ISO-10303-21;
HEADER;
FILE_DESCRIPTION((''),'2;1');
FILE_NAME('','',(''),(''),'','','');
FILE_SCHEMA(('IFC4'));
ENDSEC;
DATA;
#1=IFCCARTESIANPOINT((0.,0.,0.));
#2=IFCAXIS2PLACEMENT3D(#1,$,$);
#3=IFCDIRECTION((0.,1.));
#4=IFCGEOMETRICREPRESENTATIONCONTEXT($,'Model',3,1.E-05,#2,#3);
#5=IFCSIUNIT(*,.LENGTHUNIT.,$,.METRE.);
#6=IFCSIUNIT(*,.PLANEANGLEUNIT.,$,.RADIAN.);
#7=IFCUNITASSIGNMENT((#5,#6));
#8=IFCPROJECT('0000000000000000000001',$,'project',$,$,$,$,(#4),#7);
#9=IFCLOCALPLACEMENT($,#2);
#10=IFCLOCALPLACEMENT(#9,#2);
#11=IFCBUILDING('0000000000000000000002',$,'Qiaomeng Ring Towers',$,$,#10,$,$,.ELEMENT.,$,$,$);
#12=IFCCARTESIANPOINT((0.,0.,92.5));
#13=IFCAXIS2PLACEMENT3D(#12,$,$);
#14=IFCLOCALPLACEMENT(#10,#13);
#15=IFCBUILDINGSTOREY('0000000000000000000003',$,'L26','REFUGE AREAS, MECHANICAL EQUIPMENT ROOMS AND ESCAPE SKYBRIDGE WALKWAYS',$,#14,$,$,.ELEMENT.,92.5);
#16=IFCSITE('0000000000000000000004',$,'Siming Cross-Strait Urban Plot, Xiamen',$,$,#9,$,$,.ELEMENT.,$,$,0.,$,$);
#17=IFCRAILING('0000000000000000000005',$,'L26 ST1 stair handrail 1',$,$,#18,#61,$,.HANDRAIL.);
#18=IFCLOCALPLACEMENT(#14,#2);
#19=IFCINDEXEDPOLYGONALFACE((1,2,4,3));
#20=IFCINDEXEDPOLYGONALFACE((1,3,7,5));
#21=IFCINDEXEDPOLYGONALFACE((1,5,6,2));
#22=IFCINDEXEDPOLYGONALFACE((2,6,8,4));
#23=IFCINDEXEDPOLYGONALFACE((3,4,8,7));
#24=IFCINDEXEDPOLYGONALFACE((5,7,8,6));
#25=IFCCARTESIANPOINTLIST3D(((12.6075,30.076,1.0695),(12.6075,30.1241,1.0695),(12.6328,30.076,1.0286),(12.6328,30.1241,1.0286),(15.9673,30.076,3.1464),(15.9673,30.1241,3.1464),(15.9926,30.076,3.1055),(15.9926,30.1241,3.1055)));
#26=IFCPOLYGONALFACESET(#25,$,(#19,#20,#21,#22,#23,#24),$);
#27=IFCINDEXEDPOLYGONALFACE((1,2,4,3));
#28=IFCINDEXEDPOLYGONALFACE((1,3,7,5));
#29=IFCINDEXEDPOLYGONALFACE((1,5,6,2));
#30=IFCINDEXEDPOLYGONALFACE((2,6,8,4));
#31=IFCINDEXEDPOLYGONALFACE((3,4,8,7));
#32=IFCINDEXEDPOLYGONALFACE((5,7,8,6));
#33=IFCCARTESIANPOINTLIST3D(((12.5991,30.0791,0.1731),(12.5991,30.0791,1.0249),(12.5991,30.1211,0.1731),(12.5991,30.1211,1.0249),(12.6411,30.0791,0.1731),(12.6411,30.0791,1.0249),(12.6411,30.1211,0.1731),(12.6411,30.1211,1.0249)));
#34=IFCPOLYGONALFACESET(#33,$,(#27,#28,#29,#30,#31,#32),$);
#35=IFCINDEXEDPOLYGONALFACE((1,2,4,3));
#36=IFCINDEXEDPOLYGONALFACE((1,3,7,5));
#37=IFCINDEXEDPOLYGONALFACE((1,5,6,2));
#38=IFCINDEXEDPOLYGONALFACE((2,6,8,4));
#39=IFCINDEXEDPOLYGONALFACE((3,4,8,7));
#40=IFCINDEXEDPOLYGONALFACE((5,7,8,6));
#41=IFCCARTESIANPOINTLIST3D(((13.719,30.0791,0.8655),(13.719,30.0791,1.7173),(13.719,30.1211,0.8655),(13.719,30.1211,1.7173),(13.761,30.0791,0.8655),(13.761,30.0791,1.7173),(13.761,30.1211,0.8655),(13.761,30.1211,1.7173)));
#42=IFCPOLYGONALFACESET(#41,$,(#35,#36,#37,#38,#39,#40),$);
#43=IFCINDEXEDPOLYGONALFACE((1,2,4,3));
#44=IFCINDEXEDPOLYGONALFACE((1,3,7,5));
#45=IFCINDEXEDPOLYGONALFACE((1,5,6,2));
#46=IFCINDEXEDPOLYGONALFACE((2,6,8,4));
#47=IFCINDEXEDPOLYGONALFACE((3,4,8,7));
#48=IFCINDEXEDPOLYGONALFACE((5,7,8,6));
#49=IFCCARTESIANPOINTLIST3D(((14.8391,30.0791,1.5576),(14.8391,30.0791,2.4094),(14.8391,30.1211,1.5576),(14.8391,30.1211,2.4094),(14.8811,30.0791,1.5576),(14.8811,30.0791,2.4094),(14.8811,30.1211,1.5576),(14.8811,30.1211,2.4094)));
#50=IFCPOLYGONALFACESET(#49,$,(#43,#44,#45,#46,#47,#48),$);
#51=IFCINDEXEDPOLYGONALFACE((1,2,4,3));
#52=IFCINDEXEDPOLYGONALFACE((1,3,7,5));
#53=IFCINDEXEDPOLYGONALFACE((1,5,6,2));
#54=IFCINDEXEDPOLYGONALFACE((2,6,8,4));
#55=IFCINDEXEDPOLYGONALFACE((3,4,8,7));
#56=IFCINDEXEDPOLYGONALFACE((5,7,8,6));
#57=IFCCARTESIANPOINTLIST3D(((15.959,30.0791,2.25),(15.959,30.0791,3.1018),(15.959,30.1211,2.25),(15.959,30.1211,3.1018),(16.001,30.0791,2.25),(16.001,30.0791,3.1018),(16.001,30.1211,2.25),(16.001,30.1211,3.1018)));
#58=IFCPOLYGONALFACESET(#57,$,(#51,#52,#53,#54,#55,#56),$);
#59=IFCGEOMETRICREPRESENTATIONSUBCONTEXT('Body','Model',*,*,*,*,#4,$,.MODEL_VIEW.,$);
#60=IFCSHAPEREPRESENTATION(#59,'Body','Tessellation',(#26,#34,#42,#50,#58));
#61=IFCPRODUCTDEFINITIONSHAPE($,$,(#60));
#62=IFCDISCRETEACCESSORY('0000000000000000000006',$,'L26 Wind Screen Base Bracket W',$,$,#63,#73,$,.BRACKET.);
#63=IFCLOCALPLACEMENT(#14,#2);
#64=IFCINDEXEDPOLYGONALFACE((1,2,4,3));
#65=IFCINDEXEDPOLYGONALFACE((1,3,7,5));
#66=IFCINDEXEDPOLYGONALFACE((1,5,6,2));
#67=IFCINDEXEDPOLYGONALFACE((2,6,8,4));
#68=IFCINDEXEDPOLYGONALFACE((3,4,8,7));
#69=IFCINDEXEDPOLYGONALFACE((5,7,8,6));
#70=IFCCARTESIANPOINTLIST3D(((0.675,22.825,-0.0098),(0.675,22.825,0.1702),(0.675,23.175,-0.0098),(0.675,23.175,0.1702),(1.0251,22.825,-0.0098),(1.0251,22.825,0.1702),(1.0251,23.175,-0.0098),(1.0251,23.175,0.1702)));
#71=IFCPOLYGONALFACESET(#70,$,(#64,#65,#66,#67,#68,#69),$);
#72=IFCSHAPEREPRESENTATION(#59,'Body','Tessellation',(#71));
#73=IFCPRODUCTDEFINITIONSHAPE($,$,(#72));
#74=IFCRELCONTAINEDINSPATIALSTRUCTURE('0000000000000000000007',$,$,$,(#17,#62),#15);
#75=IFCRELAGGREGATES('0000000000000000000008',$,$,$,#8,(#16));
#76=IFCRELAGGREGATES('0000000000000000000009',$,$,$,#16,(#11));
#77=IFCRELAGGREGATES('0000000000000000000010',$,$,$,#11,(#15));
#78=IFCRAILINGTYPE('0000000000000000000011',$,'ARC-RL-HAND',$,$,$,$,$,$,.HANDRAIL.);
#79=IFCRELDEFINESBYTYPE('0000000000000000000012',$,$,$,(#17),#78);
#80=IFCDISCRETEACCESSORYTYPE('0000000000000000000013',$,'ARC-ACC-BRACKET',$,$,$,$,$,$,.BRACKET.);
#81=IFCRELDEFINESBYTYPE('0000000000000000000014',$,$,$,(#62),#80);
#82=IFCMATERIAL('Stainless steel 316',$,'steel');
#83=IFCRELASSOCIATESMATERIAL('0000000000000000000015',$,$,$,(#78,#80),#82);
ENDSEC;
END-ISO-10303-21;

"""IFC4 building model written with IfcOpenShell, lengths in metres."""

from ifc_helpers import new_model, si_unit, direction, frame, origin, origin_2d, place, context, subcontext, project, spatial, rectangle, extrude, source, transform, mapped, material, type_object, element, save


model = new_model("IFC4")

# Units and contexts
model_context = context("Model", 3, precision=1e-05, world=origin(), true_north=direction((0.0, 1.0)))
body_context = subcontext(model_context, "Body", "Model", "MODEL_VIEW")
ifc_project = project(units=[si_unit("LENGTHUNIT", "METRE"), si_unit("PLANEANGLEUNIT", "RADIAN")], contexts=[model_context])

# Site, building, storey
site_placement = place(None, origin())
site = spatial("IfcSite", under=ifc_project, at=site_placement, Name="Siming Cross-Strait Urban Plot, Xiamen", CompositionType="ELEMENT", RefElevation=0.0)
building_placement = place(site_placement, origin())
building = spatial("IfcBuilding", under=site, at=building_placement, Name="Qiaomeng Ring Towers", CompositionType="ELEMENT")
storey_placement = place(building_placement, frame((0.0, 0.0, 92.5)))
storey = spatial("IfcBuildingStorey", under=building, at=storey_placement, Name="L26", Description="REFUGE AREAS, MECHANICAL EQUIPMENT ROOMS AND ESCAPE SKYBRIDGE WALKWAYS", CompositionType="ELEMENT", Elevation=92.5)

# Shared definitions
ifc_material_1 = material(Name="Stainless steel 316", Category="steel")

# Railing
railing_type_1 = type_object("IfcRailingType", Name="ARC-RL-HAND", PredefinedType="HANDRAIL", material=ifc_material_1)
railing_1_placement = place(storey_placement, frame((12.6201, 30.1001, 0.1731)))
element("IfcRailing", 1, at=railing_1_placement, inside=storey, type_object=railing_type_1, Name="L26 ST1 stair handrail 1", PredefinedType="HANDRAIL", context=body_context, shape_type="SweptSolid", body=[
    extrude(rectangle(XDim=0.0481, YDim=0.0481, at=origin_2d()), frame((0.0, 0.0, 0.876), z_axis=(0.850606, 0.0, 0.525803), x_axis=(0.0, 1.0, 0.0)), (0.0, 0.0, 1.0), 3.95),
    extrude(rectangle(XDim=0.042, YDim=0.042, at=origin_2d()), origin(), (0.0, 0.0, 1.0), 0.8518),
    extrude(rectangle(XDim=0.042, YDim=0.042, at=origin_2d()), frame((1.1199, 0.0, 0.6924)), (0.0, 0.0, 1.0), 0.8518),
    extrude(rectangle(XDim=0.042, YDim=0.042, at=origin_2d()), frame((2.24, 0.0, 1.3845)), (0.0, 0.0, 1.0), 0.8518),
    extrude(rectangle(XDim=0.042, YDim=0.042, at=origin_2d()), frame((3.3599, 0.0, 2.0769)), (0.0, 0.0, 1.0), 0.8518),
])

# Discrete accessory
discrete_accessory_type = type_object("IfcDiscreteAccessoryType", Name="ARC-ACC-BRACKET", PredefinedType="BRACKET", material=ifc_material_1)
shared_shape_1 = source(origin(), body_context, "Body", "SweptSolid", [
    extrude(rectangle(XDim=0.3501, YDim=0.3501, at=origin_2d()), origin(), (0.0, 0.0, 1.0), 0.1799),
])
discrete_accessory_placement = place(storey_placement, frame((0.8501, 23.0, -0.0098), z_axis=(0.0, 0.0, 1.0), x_axis=(0.0, -1.0, 0.0)))
element("IfcDiscreteAccessory", 2, at=discrete_accessory_placement, inside=storey, type_object=discrete_accessory_type, Name="L26 Wind Screen Base Bracket W", PredefinedType="BRACKET", context=body_context, shape_type="MappedRepresentation", body=[
    mapped(shared_shape_1, transform((0.0, 0.0, 0.0), x_axis=(1.0, 0.0, 0.0), y_axis=(0.0, 1.0, 0.0), z_axis=(0.0, 0.0, 1.0), scale=1.0)),
])

save(model, "model.ifc")
